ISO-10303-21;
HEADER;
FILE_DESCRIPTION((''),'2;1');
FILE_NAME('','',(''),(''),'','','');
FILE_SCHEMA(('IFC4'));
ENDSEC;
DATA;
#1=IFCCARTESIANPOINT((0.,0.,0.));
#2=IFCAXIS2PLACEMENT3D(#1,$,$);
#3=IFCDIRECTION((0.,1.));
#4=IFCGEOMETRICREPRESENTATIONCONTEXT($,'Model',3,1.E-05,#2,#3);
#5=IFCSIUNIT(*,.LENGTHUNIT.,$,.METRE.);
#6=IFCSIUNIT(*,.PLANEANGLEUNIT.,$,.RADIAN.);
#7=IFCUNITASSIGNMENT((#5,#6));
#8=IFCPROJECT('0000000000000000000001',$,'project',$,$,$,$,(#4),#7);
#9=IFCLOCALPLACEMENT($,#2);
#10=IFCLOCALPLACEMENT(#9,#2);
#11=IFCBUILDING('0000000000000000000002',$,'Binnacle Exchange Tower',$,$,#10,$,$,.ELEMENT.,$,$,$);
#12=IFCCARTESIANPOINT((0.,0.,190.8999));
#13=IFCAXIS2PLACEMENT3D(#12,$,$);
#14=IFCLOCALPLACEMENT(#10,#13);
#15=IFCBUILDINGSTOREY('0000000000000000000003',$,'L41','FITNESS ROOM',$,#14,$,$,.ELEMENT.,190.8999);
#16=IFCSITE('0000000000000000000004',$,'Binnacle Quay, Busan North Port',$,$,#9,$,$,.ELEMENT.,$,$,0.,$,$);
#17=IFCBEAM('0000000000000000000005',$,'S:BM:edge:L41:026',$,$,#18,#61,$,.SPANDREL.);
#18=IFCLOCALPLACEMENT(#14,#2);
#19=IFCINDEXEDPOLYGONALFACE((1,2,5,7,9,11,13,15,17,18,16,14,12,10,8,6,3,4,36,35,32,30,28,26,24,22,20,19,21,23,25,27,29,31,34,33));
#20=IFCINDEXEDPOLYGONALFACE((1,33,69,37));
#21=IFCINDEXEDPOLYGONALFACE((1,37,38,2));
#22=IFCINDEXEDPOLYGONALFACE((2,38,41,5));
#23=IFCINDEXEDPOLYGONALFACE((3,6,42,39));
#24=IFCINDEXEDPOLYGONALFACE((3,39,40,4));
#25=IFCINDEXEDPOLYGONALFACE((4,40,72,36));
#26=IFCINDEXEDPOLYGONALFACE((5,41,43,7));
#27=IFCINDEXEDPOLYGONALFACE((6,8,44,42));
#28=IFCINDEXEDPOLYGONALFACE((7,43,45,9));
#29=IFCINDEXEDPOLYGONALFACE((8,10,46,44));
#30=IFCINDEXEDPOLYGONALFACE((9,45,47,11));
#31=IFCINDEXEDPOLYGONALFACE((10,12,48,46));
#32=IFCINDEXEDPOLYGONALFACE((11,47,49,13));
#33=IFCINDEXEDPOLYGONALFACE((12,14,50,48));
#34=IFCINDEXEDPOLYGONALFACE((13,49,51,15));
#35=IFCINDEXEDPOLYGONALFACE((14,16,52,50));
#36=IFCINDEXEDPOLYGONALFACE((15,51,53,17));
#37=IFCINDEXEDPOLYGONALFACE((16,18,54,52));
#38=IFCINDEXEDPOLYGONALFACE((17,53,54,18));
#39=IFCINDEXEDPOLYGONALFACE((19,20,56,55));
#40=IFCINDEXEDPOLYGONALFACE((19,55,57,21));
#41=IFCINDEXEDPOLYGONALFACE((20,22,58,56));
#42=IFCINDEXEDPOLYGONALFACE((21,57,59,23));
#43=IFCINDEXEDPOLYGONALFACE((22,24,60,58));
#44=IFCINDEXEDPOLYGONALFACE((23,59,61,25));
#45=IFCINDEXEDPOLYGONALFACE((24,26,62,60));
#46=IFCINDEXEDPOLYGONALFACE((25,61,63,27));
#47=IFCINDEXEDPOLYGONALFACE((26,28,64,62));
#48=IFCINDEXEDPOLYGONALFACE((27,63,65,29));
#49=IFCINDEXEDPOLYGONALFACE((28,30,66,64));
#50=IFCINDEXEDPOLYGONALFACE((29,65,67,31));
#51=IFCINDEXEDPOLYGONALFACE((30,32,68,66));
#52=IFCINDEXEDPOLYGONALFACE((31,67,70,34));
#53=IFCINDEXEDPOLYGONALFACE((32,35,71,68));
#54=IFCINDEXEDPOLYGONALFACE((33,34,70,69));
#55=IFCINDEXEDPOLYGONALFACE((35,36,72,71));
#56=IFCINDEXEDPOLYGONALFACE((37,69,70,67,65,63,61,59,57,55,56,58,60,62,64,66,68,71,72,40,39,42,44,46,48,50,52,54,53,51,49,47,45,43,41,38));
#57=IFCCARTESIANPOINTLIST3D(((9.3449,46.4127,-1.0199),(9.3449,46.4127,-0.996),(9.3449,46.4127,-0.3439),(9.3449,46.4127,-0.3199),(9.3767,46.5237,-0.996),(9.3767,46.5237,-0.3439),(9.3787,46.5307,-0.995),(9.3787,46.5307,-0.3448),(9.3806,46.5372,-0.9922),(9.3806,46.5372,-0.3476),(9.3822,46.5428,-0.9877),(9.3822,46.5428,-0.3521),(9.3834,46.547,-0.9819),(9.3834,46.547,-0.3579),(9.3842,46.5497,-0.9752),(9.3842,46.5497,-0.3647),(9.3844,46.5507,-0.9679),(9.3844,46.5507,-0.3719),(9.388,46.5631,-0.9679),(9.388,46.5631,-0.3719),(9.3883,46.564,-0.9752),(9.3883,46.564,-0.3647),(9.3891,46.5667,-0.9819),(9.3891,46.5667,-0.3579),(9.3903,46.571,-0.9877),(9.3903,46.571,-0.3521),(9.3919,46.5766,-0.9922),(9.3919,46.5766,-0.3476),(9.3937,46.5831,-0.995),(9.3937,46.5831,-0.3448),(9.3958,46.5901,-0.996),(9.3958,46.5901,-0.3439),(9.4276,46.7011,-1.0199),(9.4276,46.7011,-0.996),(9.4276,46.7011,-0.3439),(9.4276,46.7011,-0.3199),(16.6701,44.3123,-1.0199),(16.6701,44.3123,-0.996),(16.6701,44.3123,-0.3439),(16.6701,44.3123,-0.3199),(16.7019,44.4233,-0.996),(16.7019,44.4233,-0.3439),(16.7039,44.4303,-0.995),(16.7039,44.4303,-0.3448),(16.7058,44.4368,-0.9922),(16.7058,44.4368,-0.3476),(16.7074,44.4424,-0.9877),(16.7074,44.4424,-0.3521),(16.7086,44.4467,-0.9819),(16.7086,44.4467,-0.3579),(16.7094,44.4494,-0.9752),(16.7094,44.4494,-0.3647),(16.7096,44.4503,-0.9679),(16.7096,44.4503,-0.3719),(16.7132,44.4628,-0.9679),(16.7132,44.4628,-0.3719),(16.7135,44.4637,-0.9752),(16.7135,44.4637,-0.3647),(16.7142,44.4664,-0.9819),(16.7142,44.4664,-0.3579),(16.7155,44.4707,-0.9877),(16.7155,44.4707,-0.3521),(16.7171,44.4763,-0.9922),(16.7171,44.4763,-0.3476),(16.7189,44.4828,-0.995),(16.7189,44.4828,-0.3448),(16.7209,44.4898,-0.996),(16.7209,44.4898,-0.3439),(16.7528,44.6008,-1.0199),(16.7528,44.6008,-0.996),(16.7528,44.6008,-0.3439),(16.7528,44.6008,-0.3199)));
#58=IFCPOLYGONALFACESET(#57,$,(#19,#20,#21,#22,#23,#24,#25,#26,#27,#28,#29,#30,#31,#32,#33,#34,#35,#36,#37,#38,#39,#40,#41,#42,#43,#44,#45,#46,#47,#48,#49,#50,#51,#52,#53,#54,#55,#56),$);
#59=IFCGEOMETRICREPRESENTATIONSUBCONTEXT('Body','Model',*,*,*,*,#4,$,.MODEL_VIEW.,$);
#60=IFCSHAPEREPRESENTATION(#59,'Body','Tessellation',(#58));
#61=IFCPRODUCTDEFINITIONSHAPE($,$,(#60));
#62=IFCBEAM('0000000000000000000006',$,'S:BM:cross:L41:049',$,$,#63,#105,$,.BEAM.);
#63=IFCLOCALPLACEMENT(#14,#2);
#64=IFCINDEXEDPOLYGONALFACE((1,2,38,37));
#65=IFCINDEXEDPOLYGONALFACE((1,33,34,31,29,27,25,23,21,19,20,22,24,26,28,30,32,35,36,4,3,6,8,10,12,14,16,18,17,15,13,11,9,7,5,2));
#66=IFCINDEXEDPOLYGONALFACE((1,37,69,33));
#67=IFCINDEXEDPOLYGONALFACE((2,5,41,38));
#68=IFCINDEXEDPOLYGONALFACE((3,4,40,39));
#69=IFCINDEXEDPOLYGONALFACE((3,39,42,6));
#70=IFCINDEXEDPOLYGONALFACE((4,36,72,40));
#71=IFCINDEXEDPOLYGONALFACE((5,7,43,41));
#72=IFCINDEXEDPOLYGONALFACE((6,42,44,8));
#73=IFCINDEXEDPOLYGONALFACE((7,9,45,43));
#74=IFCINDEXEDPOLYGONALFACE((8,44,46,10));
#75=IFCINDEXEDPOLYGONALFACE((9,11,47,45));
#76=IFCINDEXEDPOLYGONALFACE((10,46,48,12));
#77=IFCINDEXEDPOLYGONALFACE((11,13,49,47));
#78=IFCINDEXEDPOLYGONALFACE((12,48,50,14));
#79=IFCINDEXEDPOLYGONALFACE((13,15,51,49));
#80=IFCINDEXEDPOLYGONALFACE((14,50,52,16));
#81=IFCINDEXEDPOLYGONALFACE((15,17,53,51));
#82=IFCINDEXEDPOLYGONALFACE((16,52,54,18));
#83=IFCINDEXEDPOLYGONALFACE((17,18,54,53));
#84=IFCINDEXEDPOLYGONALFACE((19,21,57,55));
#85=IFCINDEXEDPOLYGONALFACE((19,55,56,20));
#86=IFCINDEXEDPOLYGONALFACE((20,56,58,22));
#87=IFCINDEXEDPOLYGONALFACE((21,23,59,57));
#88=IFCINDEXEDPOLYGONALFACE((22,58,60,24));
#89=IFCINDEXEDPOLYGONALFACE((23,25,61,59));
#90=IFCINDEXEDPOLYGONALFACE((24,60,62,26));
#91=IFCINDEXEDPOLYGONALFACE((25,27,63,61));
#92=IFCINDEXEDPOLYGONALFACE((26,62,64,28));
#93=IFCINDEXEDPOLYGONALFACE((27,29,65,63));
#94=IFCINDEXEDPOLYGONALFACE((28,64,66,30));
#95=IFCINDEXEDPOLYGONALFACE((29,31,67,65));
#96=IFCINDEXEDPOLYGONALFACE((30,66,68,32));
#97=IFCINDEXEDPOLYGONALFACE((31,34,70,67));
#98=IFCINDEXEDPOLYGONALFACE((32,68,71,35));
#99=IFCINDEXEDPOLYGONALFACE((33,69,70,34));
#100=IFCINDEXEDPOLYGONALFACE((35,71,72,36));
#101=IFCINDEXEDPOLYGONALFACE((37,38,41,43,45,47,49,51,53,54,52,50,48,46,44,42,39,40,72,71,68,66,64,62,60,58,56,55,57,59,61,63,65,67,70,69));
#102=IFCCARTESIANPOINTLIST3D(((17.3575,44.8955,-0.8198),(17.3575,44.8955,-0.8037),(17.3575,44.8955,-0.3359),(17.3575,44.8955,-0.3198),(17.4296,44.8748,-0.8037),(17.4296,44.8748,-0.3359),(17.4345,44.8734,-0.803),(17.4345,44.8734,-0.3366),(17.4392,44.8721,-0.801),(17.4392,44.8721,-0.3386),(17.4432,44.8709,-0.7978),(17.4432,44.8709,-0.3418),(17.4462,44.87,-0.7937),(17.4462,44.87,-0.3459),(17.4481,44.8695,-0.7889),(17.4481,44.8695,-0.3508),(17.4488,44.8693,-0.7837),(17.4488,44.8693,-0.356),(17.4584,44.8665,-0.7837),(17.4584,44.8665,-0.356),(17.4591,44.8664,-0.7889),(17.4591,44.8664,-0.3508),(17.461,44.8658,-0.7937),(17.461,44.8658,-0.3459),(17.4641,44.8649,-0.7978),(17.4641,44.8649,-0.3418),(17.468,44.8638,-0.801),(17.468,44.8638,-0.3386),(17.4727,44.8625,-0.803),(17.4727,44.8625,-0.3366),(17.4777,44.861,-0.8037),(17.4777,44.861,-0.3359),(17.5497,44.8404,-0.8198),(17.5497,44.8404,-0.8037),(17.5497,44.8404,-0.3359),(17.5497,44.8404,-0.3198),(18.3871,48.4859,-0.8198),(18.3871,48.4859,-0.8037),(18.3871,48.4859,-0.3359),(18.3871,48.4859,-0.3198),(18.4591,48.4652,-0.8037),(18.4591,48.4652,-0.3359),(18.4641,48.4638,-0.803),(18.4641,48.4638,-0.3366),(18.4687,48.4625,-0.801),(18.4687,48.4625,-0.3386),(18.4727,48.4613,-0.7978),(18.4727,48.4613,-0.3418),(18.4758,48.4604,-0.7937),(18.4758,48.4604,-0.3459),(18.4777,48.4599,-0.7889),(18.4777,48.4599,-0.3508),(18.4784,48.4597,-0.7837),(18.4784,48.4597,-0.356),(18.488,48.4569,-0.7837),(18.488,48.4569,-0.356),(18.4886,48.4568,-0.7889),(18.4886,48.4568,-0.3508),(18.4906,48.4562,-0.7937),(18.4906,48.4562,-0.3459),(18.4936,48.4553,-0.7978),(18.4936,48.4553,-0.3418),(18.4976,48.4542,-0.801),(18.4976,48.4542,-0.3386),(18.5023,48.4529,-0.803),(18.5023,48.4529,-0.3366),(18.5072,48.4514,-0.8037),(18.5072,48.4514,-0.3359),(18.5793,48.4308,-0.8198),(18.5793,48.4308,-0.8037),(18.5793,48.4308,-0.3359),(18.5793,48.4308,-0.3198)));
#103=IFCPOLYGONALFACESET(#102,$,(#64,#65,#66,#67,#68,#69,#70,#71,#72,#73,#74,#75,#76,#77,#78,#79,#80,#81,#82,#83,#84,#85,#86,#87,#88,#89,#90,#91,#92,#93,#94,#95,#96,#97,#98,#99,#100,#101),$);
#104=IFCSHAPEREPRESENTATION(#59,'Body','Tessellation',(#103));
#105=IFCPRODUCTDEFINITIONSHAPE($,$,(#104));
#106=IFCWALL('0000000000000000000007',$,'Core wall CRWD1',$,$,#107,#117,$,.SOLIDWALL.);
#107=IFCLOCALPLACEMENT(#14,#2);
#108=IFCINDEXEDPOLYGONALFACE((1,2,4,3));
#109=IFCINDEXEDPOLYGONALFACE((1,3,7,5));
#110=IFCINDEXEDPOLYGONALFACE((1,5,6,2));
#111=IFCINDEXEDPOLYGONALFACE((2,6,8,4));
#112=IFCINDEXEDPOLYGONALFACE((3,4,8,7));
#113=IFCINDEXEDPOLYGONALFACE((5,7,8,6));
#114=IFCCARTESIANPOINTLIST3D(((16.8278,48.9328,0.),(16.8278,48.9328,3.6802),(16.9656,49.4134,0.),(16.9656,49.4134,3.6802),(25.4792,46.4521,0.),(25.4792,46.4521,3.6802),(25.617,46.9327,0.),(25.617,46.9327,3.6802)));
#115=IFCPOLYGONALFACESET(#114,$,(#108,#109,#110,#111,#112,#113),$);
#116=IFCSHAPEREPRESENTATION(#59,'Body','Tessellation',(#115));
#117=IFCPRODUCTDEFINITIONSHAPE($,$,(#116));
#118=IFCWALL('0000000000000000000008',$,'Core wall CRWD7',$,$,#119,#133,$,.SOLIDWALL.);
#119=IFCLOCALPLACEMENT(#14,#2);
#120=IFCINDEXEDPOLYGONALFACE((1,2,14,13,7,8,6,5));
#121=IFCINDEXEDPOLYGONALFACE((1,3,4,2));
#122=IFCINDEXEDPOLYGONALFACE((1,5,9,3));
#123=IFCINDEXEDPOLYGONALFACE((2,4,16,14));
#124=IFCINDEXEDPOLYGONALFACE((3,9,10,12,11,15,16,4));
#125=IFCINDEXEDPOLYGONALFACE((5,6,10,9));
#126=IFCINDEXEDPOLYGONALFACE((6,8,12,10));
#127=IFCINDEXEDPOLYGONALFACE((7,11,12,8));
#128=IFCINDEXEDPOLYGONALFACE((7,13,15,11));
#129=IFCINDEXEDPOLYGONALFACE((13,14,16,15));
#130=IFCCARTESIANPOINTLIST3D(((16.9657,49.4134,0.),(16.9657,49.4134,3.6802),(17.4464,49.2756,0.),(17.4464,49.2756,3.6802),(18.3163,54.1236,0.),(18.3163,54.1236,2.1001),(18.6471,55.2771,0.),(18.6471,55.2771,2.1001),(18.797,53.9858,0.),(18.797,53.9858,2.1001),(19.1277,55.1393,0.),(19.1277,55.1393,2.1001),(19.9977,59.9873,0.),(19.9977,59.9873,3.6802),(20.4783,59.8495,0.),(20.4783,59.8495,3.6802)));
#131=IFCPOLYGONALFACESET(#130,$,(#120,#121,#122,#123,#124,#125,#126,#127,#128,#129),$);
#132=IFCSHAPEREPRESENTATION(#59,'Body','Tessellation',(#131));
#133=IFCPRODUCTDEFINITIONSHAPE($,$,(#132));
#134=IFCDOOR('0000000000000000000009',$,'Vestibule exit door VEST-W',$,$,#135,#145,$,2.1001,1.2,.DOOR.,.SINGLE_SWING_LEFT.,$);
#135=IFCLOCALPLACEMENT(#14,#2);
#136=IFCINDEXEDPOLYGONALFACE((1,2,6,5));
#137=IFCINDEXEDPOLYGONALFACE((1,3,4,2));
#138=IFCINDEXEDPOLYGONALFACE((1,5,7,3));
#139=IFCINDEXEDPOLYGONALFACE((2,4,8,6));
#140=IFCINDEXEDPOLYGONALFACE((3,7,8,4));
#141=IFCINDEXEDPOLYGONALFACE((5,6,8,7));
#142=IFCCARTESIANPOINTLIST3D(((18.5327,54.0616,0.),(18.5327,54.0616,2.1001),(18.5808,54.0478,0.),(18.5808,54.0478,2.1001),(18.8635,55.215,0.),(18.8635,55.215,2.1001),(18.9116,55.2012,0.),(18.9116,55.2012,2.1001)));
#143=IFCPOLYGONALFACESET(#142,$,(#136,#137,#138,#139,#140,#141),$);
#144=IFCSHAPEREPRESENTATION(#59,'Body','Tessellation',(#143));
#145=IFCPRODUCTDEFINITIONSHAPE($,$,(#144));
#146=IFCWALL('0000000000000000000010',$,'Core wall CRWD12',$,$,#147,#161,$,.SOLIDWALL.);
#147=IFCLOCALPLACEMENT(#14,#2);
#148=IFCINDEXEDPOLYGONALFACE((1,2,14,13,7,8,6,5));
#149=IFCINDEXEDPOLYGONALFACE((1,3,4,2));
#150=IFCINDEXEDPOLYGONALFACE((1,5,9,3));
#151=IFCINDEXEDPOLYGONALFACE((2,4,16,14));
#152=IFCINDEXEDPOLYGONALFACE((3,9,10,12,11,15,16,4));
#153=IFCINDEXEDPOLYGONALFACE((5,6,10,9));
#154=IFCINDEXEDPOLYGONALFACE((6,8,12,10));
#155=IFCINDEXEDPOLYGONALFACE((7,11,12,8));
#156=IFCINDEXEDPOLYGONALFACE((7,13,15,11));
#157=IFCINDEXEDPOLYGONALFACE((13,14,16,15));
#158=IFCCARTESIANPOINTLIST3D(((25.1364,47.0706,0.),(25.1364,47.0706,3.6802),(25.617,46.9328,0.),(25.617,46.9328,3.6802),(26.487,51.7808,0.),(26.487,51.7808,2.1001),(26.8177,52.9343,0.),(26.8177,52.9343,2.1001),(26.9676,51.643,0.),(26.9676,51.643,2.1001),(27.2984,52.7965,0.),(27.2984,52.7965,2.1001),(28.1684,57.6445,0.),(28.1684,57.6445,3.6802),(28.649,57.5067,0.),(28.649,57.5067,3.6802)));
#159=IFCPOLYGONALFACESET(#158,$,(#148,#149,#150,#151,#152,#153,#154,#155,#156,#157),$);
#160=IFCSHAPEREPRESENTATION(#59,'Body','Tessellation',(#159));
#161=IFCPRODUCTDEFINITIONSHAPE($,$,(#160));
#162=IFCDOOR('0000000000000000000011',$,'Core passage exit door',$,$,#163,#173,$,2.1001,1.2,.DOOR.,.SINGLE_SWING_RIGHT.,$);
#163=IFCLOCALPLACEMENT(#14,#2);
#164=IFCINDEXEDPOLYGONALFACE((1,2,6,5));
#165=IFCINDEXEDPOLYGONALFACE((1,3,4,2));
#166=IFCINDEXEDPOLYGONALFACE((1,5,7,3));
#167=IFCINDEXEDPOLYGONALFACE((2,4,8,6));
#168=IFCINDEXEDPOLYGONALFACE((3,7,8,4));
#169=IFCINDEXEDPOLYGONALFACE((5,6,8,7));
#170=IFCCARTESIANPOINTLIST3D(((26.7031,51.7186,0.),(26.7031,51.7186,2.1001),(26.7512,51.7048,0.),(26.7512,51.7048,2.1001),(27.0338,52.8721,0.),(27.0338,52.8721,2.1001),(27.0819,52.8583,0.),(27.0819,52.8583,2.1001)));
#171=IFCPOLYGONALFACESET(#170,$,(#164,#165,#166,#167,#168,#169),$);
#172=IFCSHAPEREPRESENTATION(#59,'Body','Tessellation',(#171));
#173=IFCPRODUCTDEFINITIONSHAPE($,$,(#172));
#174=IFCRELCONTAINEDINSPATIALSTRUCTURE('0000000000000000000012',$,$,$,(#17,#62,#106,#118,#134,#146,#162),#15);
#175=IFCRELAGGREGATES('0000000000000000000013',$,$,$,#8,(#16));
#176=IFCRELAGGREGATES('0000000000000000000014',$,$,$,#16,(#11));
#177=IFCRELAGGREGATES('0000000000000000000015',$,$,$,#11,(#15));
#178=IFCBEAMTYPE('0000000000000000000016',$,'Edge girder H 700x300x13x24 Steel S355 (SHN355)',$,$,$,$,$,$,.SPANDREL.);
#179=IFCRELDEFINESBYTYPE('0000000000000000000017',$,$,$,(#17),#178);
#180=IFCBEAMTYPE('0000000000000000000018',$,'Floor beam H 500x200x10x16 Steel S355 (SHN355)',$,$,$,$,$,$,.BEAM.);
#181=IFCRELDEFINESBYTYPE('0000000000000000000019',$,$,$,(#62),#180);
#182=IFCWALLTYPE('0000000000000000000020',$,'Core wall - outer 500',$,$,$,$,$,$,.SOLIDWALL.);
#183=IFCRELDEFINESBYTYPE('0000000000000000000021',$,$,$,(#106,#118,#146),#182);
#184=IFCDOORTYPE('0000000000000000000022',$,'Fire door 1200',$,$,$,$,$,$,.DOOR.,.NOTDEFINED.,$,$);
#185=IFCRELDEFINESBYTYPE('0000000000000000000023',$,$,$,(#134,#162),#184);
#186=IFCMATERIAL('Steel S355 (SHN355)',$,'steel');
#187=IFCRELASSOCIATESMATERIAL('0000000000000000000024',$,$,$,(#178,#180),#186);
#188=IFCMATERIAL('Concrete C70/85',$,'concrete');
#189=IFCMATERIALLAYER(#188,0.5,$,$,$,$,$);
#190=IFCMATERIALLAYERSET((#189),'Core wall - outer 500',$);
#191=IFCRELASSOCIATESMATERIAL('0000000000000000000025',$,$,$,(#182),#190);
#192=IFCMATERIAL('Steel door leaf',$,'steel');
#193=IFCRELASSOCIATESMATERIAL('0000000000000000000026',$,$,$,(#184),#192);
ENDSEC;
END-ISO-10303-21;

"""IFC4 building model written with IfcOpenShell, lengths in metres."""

from ifc_helpers import new_model, si_unit, direction, frame, frame_2d, origin, origin_2d, place, context, subcontext, project, spatial, rectangle, i_section, extrude, material, layer, layer_set, material_profile, profile_set, type_object, element, fill, save


model = new_model("IFC4")

# Units and contexts
model_context = context("Model", 3, precision=1e-05, world=origin(), true_north=direction((0.0, 1.0)))
body_context = subcontext(model_context, "Body", "Model", "MODEL_VIEW")
ifc_project = project(units=[si_unit("LENGTHUNIT", "METRE"), si_unit("PLANEANGLEUNIT", "RADIAN")], contexts=[model_context])

# Site, building, storey
site_placement = place(None, origin())
site = spatial("IfcSite", under=ifc_project, at=site_placement, Name="Binnacle Quay, Busan North Port", CompositionType="ELEMENT", RefElevation=0.0)
building_placement = place(site_placement, origin())
building = spatial("IfcBuilding", under=site, at=building_placement, Name="Binnacle Exchange Tower", CompositionType="ELEMENT")
storey_placement = place(building_placement, frame((0.0, 0.0, 190.8999)))
storey = spatial("IfcBuildingStorey", under=building, at=storey_placement, Name="L41", Description="FITNESS ROOM", CompositionType="ELEMENT", Elevation=190.8999)

# Beams
ifc_material_1 = material(Name="Steel S355 (SHN355)", Category="steel")
ifc_material_profile_1 = material_profile(ifc_material_1, i_section(OverallWidth=0.3, OverallDepth=0.7, WebThickness=0.0129, FlangeThickness=0.0239, FilletRadius=0.0281, at=origin_2d()), Name="H 700x300x13x24")
ifc_profile_set_1 = profile_set([ifc_material_profile_1], Name="Steel S355 (SHN355)")
beam_type_1 = type_object("IfcBeamType", Name="Edge girder H 700x300x13x24 Steel S355 (SHN355)", PredefinedType="SPANDREL", material=ifc_profile_set_1)
beam_1_placement = place(storey_placement, frame((9.3862, 46.5569, -0.6699), z_axis=(0.961266, -0.275622, 0.0), x_axis=(0.275622, 0.961266, 0.0)))
element("IfcBeam", 1, at=beam_1_placement, inside=storey, type_object=beam_type_1, Name="S:BM:edge:L41:026", PredefinedType="SPANDREL", context=body_context, shape_type="SweptSolid", body=[
    extrude(i_section(OverallWidth=0.3, OverallDepth=0.7, WebThickness=0.0129, FlangeThickness=0.0239, FilletRadius=0.0281, at=origin_2d()), origin(), (0.0, 0.0, 1.0), 7.6204),
])
ifc_material_profile_2 = material_profile(ifc_material_1, i_section(OverallWidth=0.2, OverallDepth=0.5, WebThickness=0.01, FlangeThickness=0.0161, FilletRadius=0.02, at=origin_2d()), Name="H 500x200x10x16")
ifc_profile_set_2 = profile_set([ifc_material_profile_2], Name="Steel S355 (SHN355)")
beam_type_2 = type_object("IfcBeamType", Name="Floor beam H 500x200x10x16 Steel S355 (SHN355)", PredefinedType="BEAM", material=ifc_profile_set_2)
beam_2_placement = place(storey_placement, frame((17.4536, 44.8679, -0.5698), z_axis=(0.275645, 0.96126, 0.0), x_axis=(-0.96126, 0.275645, 0.0)))
element("IfcBeam", 2, at=beam_2_placement, inside=storey, type_object=beam_type_2, Name="S:BM:cross:L41:049", PredefinedType="BEAM", context=body_context, shape_type="SweptSolid", body=[
    extrude(i_section(OverallWidth=0.2, OverallDepth=0.5, WebThickness=0.01, FlangeThickness=0.0161, FilletRadius=0.02, at=origin_2d()), origin(), (0.0, 0.0, 1.0), 3.7351),
])

# Wall
ifc_material_2 = material(Name="Concrete C70/85", Category="concrete")
ifc_layer_1 = layer(ifc_material_2, 0.5)
ifc_layer_set_1 = layer_set([ifc_layer_1], Name="Core wall - outer 500")
wall_type_1 = type_object("IfcWallType", Name="Core wall - outer 500", PredefinedType="SOLIDWALL", material=ifc_layer_set_1)
wall_1_placement = place(storey_placement, frame((16.8967, 49.1731, 0.0), z_axis=(0.0, 0.0, 1.0), x_axis=(0.961262, -0.275635, 0.0)))
element("IfcWall", 3, at=wall_1_placement, inside=storey, type_object=wall_type_1, Name="Core wall CRWD1", PredefinedType="SOLIDWALL", context=body_context, shape_type="SweptSolid", body=[
    extrude(rectangle(XDim=9.0, YDim=0.5, at=frame_2d((4.5, 0.0))), origin(), (0.0, 0.0, 1.0), 3.6802),
])

# Walls, openings, doors
wall_2_placement = place(storey_placement, frame((17.2061, 49.3445, 0.0), z_axis=(0.0, 0.0, 1.0), x_axis=(0.275633, 0.961263, 0.0)))
wall_2 = element("IfcWall", 4, at=wall_2_placement, inside=storey, type_object=wall_type_1, Name="Core wall CRWD7", PredefinedType="SOLIDWALL", context=body_context, shape_type="SweptSolid", body=[
    extrude(rectangle(XDim=11.0, YDim=0.5, at=frame_2d((5.5, 0.0))), origin(), (0.0, 0.0, 1.0), 3.6802),
])
opening_1_placement = place(wall_2_placement, frame((4.8999, 0.0, 0.0)))
opening_1 = element("IfcOpeningElement", 5, at=opening_1_placement, cuts=wall_2, PredefinedType="OPENING", context=body_context, shape_type="SweptSolid", body=[
    extrude(rectangle(XDim=1.2, YDim=2.1001, at=frame_2d((0.6001, 1.05))), frame((0.0, 0.26, 0.0), z_axis=(0.0, -1.0, 0.0), x_axis=(1.0, 0.0, 0.0)), (0.0, 0.0, 1.0), 0.52),
])
ifc_material_3 = material(Name="Steel door leaf", Category="steel")
door_type_1 = type_object("IfcDoorType", Name="Fire door 1200", OperationType="NOTDEFINED", PredefinedType="DOOR", material=ifc_material_3)
door_1_placement = place(opening_1_placement, origin())
door_1 = element("IfcDoor", 6, at=door_1_placement, inside=storey, type_object=door_type_1, Name="Vestibule exit door VEST-W", OperationType="SINGLE_SWING_LEFT", OverallHeight=2.1001, OverallWidth=1.2, PredefinedType="DOOR", context=body_context, shape_type="SweptSolid", body=[
    extrude(rectangle(XDim=1.2, YDim=2.1001, at=frame_2d((0.6001, 1.05))), frame((0.0, 0.0249, 0.0), z_axis=(0.0, -1.0, 0.0), x_axis=(1.0, 0.0, 0.0)), (0.0, 0.0, 1.0), 0.05),
])
fill(opening_1, door_1)
wall_3_placement = place(storey_placement, frame((25.3767, 47.0017, 0.0), z_axis=(0.0, 0.0, 1.0), x_axis=(0.275633, 0.961263, 0.0)))
wall_3 = element("IfcWall", 7, at=wall_3_placement, inside=storey, type_object=wall_type_1, Name="Core wall CRWD12", PredefinedType="SOLIDWALL", context=body_context, shape_type="SweptSolid", body=[
    extrude(rectangle(XDim=11.0, YDim=0.5, at=frame_2d((5.5, 0.0))), origin(), (0.0, 0.0, 1.0), 3.6802),
])
opening_2_placement = place(wall_3_placement, frame((4.8999, 0.0, 0.0)))
opening_2 = element("IfcOpeningElement", 8, at=opening_2_placement, cuts=wall_3, PredefinedType="OPENING", context=body_context, shape_type="SweptSolid", body=[
    extrude(rectangle(XDim=1.2, YDim=2.1001, at=frame_2d((0.6001, 1.05))), frame((0.0, 0.26, 0.0), z_axis=(0.0, -1.0, 0.0), x_axis=(1.0, 0.0, 0.0)), (0.0, 0.0, 1.0), 0.52),
])
door_2_placement = place(opening_2_placement, frame((1.2, 0.0, 0.0), z_axis=(0.0, 0.0, 1.0), x_axis=(-1.0, 0.0, 0.0)))
door_2 = element("IfcDoor", 9, at=door_2_placement, inside=storey, type_object=door_type_1, Name="Core passage exit door", OperationType="SINGLE_SWING_RIGHT", OverallHeight=2.1001, OverallWidth=1.2, PredefinedType="DOOR", context=body_context, shape_type="SweptSolid", body=[
    extrude(rectangle(XDim=1.2, YDim=2.1001, at=frame_2d((0.6001, 1.05))), frame((0.0, 0.0249, 0.0), z_axis=(0.0, -1.0, 0.0), x_axis=(1.0, 0.0, 0.0)), (0.0, 0.0, 1.0), 0.05),
])
fill(opening_2, door_2)

save(model, "model.ifc")
